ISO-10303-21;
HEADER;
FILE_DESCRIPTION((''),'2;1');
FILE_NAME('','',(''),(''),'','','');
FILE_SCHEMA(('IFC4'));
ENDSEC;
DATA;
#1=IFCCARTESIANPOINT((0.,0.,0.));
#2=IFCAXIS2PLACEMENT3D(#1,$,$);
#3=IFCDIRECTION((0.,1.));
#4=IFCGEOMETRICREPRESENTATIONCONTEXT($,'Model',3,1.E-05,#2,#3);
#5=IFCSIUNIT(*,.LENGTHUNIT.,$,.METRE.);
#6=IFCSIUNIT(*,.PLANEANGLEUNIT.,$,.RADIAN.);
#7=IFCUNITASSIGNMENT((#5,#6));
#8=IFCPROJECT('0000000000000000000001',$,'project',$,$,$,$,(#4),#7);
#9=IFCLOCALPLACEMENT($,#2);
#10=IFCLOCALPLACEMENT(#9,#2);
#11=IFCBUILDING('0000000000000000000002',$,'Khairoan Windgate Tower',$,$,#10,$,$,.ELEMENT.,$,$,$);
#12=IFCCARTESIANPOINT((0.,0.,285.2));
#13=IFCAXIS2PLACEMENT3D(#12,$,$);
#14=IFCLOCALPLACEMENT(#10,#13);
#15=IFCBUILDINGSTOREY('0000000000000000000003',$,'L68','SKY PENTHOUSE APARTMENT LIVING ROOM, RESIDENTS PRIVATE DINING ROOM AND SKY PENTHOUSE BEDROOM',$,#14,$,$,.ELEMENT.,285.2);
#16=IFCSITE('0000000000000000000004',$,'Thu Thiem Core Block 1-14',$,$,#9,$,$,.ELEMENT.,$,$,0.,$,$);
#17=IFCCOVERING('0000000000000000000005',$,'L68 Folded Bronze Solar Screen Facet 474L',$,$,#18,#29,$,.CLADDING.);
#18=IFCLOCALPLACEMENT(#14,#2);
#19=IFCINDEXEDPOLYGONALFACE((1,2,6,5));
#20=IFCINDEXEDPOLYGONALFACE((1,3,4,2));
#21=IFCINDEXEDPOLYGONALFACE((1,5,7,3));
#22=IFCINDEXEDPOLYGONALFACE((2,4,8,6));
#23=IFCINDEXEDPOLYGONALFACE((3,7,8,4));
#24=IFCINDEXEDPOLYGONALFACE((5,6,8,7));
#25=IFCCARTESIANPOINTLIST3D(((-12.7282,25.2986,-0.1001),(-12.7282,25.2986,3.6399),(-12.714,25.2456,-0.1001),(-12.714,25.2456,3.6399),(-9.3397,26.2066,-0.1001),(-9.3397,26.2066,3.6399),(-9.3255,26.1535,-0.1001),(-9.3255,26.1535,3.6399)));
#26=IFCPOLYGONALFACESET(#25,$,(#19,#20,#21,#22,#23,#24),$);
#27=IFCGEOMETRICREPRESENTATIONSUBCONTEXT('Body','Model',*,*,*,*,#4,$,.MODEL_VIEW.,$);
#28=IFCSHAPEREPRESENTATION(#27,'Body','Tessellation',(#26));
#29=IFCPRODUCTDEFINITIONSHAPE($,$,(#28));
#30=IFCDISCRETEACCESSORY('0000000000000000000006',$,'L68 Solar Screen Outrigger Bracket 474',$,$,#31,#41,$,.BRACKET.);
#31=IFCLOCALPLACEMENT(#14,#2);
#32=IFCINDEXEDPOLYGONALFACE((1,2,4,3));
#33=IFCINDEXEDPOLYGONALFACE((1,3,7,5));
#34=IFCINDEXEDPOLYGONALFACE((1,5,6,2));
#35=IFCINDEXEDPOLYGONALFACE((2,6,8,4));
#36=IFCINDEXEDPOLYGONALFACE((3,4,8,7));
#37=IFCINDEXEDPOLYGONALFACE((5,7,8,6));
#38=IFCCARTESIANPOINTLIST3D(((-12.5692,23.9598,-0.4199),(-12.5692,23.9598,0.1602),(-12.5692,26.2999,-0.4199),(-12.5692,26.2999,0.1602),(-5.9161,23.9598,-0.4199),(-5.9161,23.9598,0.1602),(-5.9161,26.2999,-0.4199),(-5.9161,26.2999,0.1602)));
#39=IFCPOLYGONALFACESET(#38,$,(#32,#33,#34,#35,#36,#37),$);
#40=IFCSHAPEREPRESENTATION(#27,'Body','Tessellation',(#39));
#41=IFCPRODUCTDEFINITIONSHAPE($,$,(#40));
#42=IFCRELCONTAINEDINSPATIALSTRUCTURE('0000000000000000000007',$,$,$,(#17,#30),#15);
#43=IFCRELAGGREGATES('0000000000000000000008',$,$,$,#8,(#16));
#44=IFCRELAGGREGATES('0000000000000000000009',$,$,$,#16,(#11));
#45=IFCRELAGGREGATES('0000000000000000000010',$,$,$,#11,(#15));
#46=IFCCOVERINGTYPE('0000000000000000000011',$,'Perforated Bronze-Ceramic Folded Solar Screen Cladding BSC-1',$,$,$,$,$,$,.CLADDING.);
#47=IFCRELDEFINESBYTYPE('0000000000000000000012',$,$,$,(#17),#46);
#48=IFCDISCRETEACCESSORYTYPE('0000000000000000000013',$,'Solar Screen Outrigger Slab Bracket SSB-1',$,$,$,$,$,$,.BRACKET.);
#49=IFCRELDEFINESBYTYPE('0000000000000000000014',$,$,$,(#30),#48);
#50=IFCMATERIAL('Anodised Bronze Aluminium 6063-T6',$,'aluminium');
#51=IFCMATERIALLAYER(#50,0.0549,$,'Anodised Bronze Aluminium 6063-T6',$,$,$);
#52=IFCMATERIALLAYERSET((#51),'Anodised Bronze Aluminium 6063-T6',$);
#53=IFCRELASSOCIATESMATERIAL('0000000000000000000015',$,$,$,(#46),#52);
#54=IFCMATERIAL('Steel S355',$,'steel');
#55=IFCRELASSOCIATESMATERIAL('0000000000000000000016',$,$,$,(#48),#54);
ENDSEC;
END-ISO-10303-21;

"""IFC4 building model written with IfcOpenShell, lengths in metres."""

from ifc_helpers import new_model, si_unit, direction, frame, origin, origin_2d, place, context, subcontext, project, spatial, rectangle, extrude, material, layer, layer_set, type_object, element, save


model = new_model("IFC4")

# Units and contexts
model_context = context("Model", 3, precision=1e-05, world=origin(), true_north=direction((0.0, 1.0)))
body_context = subcontext(model_context, "Body", "Model", "MODEL_VIEW")
ifc_project = project(units=[si_unit("LENGTHUNIT", "METRE"), si_unit("PLANEANGLEUNIT", "RADIAN")], contexts=[model_context])

# Site, building, storey
site_placement = place(None, origin())
site = spatial("IfcSite", under=ifc_project, at=site_placement, Name="Thu Thiem Core Block 1-14", CompositionType="ELEMENT", RefElevation=0.0)
building_placement = place(site_placement, origin())
building = spatial("IfcBuilding", under=site, at=building_placement, Name="Khairoan Windgate Tower", CompositionType="ELEMENT")
storey_placement = place(building_placement, frame((0.0, 0.0, 285.2)))
storey = spatial("IfcBuildingStorey", under=building, at=storey_placement, Name="L68", Description="SKY PENTHOUSE APARTMENT LIVING ROOM, RESIDENTS PRIVATE DINING ROOM AND SKY PENTHOUSE BEDROOM", CompositionType="ELEMENT", Elevation=285.2)

# Covering
ifc_material_1 = material(Name="Anodised Bronze Aluminium 6063-T6", Category="aluminium")
ifc_layer_1 = layer(ifc_material_1, 0.0549, Name="Anodised Bronze Aluminium 6063-T6")
ifc_layer_set_1 = layer_set([ifc_layer_1], Name="Anodised Bronze Aluminium 6063-T6")
covering_type = type_object("IfcCoveringType", Name="Perforated Bronze-Ceramic Folded Solar Screen Cladding BSC-1", PredefinedType="CLADDING", material=ifc_layer_set_1)
covering_placement = place(storey_placement, frame((-11.0269, 25.7261, -0.1001), z_axis=(0.0, 0.0, 1.0), x_axis=(0.965926, 0.258819, 0.0)))
element("IfcCovering", 1, at=covering_placement, inside=storey, type_object=covering_type, Name="L68 Folded Bronze Solar Screen Facet 474L", PredefinedType="CLADDING", context=body_context, shape_type="SweptSolid", body=[
    extrude(rectangle(XDim=3.5081, YDim=0.0549, at=origin_2d()), origin(), (0.0, 0.0, 1.0), 3.74),
])

# Discrete accessory
ifc_material_2 = material(Name="Steel S355", Category="steel")
discrete_accessory_type = type_object("IfcDiscreteAccessoryType", Name="Solar Screen Outrigger Slab Bracket SSB-1", PredefinedType="BRACKET", material=ifc_material_2)
discrete_accessory_placement = place(storey_placement, frame((-9.2427, 25.1299, -0.4199), z_axis=(0.0, 0.0, 1.0), x_axis=(1.0, 0.0, 0.0)))
element("IfcDiscreteAccessory", 2, at=discrete_accessory_placement, inside=storey, type_object=discrete_accessory_type, Name="L68 Solar Screen Outrigger Bracket 474", PredefinedType="BRACKET", context=body_context, shape_type="SweptSolid", body=[
    extrude(rectangle(XDim=6.6531, YDim=2.3401, at=origin_2d()), origin(), (0.0, 0.0, 1.0), 0.5801),
])

save(model, "model.ifc")
